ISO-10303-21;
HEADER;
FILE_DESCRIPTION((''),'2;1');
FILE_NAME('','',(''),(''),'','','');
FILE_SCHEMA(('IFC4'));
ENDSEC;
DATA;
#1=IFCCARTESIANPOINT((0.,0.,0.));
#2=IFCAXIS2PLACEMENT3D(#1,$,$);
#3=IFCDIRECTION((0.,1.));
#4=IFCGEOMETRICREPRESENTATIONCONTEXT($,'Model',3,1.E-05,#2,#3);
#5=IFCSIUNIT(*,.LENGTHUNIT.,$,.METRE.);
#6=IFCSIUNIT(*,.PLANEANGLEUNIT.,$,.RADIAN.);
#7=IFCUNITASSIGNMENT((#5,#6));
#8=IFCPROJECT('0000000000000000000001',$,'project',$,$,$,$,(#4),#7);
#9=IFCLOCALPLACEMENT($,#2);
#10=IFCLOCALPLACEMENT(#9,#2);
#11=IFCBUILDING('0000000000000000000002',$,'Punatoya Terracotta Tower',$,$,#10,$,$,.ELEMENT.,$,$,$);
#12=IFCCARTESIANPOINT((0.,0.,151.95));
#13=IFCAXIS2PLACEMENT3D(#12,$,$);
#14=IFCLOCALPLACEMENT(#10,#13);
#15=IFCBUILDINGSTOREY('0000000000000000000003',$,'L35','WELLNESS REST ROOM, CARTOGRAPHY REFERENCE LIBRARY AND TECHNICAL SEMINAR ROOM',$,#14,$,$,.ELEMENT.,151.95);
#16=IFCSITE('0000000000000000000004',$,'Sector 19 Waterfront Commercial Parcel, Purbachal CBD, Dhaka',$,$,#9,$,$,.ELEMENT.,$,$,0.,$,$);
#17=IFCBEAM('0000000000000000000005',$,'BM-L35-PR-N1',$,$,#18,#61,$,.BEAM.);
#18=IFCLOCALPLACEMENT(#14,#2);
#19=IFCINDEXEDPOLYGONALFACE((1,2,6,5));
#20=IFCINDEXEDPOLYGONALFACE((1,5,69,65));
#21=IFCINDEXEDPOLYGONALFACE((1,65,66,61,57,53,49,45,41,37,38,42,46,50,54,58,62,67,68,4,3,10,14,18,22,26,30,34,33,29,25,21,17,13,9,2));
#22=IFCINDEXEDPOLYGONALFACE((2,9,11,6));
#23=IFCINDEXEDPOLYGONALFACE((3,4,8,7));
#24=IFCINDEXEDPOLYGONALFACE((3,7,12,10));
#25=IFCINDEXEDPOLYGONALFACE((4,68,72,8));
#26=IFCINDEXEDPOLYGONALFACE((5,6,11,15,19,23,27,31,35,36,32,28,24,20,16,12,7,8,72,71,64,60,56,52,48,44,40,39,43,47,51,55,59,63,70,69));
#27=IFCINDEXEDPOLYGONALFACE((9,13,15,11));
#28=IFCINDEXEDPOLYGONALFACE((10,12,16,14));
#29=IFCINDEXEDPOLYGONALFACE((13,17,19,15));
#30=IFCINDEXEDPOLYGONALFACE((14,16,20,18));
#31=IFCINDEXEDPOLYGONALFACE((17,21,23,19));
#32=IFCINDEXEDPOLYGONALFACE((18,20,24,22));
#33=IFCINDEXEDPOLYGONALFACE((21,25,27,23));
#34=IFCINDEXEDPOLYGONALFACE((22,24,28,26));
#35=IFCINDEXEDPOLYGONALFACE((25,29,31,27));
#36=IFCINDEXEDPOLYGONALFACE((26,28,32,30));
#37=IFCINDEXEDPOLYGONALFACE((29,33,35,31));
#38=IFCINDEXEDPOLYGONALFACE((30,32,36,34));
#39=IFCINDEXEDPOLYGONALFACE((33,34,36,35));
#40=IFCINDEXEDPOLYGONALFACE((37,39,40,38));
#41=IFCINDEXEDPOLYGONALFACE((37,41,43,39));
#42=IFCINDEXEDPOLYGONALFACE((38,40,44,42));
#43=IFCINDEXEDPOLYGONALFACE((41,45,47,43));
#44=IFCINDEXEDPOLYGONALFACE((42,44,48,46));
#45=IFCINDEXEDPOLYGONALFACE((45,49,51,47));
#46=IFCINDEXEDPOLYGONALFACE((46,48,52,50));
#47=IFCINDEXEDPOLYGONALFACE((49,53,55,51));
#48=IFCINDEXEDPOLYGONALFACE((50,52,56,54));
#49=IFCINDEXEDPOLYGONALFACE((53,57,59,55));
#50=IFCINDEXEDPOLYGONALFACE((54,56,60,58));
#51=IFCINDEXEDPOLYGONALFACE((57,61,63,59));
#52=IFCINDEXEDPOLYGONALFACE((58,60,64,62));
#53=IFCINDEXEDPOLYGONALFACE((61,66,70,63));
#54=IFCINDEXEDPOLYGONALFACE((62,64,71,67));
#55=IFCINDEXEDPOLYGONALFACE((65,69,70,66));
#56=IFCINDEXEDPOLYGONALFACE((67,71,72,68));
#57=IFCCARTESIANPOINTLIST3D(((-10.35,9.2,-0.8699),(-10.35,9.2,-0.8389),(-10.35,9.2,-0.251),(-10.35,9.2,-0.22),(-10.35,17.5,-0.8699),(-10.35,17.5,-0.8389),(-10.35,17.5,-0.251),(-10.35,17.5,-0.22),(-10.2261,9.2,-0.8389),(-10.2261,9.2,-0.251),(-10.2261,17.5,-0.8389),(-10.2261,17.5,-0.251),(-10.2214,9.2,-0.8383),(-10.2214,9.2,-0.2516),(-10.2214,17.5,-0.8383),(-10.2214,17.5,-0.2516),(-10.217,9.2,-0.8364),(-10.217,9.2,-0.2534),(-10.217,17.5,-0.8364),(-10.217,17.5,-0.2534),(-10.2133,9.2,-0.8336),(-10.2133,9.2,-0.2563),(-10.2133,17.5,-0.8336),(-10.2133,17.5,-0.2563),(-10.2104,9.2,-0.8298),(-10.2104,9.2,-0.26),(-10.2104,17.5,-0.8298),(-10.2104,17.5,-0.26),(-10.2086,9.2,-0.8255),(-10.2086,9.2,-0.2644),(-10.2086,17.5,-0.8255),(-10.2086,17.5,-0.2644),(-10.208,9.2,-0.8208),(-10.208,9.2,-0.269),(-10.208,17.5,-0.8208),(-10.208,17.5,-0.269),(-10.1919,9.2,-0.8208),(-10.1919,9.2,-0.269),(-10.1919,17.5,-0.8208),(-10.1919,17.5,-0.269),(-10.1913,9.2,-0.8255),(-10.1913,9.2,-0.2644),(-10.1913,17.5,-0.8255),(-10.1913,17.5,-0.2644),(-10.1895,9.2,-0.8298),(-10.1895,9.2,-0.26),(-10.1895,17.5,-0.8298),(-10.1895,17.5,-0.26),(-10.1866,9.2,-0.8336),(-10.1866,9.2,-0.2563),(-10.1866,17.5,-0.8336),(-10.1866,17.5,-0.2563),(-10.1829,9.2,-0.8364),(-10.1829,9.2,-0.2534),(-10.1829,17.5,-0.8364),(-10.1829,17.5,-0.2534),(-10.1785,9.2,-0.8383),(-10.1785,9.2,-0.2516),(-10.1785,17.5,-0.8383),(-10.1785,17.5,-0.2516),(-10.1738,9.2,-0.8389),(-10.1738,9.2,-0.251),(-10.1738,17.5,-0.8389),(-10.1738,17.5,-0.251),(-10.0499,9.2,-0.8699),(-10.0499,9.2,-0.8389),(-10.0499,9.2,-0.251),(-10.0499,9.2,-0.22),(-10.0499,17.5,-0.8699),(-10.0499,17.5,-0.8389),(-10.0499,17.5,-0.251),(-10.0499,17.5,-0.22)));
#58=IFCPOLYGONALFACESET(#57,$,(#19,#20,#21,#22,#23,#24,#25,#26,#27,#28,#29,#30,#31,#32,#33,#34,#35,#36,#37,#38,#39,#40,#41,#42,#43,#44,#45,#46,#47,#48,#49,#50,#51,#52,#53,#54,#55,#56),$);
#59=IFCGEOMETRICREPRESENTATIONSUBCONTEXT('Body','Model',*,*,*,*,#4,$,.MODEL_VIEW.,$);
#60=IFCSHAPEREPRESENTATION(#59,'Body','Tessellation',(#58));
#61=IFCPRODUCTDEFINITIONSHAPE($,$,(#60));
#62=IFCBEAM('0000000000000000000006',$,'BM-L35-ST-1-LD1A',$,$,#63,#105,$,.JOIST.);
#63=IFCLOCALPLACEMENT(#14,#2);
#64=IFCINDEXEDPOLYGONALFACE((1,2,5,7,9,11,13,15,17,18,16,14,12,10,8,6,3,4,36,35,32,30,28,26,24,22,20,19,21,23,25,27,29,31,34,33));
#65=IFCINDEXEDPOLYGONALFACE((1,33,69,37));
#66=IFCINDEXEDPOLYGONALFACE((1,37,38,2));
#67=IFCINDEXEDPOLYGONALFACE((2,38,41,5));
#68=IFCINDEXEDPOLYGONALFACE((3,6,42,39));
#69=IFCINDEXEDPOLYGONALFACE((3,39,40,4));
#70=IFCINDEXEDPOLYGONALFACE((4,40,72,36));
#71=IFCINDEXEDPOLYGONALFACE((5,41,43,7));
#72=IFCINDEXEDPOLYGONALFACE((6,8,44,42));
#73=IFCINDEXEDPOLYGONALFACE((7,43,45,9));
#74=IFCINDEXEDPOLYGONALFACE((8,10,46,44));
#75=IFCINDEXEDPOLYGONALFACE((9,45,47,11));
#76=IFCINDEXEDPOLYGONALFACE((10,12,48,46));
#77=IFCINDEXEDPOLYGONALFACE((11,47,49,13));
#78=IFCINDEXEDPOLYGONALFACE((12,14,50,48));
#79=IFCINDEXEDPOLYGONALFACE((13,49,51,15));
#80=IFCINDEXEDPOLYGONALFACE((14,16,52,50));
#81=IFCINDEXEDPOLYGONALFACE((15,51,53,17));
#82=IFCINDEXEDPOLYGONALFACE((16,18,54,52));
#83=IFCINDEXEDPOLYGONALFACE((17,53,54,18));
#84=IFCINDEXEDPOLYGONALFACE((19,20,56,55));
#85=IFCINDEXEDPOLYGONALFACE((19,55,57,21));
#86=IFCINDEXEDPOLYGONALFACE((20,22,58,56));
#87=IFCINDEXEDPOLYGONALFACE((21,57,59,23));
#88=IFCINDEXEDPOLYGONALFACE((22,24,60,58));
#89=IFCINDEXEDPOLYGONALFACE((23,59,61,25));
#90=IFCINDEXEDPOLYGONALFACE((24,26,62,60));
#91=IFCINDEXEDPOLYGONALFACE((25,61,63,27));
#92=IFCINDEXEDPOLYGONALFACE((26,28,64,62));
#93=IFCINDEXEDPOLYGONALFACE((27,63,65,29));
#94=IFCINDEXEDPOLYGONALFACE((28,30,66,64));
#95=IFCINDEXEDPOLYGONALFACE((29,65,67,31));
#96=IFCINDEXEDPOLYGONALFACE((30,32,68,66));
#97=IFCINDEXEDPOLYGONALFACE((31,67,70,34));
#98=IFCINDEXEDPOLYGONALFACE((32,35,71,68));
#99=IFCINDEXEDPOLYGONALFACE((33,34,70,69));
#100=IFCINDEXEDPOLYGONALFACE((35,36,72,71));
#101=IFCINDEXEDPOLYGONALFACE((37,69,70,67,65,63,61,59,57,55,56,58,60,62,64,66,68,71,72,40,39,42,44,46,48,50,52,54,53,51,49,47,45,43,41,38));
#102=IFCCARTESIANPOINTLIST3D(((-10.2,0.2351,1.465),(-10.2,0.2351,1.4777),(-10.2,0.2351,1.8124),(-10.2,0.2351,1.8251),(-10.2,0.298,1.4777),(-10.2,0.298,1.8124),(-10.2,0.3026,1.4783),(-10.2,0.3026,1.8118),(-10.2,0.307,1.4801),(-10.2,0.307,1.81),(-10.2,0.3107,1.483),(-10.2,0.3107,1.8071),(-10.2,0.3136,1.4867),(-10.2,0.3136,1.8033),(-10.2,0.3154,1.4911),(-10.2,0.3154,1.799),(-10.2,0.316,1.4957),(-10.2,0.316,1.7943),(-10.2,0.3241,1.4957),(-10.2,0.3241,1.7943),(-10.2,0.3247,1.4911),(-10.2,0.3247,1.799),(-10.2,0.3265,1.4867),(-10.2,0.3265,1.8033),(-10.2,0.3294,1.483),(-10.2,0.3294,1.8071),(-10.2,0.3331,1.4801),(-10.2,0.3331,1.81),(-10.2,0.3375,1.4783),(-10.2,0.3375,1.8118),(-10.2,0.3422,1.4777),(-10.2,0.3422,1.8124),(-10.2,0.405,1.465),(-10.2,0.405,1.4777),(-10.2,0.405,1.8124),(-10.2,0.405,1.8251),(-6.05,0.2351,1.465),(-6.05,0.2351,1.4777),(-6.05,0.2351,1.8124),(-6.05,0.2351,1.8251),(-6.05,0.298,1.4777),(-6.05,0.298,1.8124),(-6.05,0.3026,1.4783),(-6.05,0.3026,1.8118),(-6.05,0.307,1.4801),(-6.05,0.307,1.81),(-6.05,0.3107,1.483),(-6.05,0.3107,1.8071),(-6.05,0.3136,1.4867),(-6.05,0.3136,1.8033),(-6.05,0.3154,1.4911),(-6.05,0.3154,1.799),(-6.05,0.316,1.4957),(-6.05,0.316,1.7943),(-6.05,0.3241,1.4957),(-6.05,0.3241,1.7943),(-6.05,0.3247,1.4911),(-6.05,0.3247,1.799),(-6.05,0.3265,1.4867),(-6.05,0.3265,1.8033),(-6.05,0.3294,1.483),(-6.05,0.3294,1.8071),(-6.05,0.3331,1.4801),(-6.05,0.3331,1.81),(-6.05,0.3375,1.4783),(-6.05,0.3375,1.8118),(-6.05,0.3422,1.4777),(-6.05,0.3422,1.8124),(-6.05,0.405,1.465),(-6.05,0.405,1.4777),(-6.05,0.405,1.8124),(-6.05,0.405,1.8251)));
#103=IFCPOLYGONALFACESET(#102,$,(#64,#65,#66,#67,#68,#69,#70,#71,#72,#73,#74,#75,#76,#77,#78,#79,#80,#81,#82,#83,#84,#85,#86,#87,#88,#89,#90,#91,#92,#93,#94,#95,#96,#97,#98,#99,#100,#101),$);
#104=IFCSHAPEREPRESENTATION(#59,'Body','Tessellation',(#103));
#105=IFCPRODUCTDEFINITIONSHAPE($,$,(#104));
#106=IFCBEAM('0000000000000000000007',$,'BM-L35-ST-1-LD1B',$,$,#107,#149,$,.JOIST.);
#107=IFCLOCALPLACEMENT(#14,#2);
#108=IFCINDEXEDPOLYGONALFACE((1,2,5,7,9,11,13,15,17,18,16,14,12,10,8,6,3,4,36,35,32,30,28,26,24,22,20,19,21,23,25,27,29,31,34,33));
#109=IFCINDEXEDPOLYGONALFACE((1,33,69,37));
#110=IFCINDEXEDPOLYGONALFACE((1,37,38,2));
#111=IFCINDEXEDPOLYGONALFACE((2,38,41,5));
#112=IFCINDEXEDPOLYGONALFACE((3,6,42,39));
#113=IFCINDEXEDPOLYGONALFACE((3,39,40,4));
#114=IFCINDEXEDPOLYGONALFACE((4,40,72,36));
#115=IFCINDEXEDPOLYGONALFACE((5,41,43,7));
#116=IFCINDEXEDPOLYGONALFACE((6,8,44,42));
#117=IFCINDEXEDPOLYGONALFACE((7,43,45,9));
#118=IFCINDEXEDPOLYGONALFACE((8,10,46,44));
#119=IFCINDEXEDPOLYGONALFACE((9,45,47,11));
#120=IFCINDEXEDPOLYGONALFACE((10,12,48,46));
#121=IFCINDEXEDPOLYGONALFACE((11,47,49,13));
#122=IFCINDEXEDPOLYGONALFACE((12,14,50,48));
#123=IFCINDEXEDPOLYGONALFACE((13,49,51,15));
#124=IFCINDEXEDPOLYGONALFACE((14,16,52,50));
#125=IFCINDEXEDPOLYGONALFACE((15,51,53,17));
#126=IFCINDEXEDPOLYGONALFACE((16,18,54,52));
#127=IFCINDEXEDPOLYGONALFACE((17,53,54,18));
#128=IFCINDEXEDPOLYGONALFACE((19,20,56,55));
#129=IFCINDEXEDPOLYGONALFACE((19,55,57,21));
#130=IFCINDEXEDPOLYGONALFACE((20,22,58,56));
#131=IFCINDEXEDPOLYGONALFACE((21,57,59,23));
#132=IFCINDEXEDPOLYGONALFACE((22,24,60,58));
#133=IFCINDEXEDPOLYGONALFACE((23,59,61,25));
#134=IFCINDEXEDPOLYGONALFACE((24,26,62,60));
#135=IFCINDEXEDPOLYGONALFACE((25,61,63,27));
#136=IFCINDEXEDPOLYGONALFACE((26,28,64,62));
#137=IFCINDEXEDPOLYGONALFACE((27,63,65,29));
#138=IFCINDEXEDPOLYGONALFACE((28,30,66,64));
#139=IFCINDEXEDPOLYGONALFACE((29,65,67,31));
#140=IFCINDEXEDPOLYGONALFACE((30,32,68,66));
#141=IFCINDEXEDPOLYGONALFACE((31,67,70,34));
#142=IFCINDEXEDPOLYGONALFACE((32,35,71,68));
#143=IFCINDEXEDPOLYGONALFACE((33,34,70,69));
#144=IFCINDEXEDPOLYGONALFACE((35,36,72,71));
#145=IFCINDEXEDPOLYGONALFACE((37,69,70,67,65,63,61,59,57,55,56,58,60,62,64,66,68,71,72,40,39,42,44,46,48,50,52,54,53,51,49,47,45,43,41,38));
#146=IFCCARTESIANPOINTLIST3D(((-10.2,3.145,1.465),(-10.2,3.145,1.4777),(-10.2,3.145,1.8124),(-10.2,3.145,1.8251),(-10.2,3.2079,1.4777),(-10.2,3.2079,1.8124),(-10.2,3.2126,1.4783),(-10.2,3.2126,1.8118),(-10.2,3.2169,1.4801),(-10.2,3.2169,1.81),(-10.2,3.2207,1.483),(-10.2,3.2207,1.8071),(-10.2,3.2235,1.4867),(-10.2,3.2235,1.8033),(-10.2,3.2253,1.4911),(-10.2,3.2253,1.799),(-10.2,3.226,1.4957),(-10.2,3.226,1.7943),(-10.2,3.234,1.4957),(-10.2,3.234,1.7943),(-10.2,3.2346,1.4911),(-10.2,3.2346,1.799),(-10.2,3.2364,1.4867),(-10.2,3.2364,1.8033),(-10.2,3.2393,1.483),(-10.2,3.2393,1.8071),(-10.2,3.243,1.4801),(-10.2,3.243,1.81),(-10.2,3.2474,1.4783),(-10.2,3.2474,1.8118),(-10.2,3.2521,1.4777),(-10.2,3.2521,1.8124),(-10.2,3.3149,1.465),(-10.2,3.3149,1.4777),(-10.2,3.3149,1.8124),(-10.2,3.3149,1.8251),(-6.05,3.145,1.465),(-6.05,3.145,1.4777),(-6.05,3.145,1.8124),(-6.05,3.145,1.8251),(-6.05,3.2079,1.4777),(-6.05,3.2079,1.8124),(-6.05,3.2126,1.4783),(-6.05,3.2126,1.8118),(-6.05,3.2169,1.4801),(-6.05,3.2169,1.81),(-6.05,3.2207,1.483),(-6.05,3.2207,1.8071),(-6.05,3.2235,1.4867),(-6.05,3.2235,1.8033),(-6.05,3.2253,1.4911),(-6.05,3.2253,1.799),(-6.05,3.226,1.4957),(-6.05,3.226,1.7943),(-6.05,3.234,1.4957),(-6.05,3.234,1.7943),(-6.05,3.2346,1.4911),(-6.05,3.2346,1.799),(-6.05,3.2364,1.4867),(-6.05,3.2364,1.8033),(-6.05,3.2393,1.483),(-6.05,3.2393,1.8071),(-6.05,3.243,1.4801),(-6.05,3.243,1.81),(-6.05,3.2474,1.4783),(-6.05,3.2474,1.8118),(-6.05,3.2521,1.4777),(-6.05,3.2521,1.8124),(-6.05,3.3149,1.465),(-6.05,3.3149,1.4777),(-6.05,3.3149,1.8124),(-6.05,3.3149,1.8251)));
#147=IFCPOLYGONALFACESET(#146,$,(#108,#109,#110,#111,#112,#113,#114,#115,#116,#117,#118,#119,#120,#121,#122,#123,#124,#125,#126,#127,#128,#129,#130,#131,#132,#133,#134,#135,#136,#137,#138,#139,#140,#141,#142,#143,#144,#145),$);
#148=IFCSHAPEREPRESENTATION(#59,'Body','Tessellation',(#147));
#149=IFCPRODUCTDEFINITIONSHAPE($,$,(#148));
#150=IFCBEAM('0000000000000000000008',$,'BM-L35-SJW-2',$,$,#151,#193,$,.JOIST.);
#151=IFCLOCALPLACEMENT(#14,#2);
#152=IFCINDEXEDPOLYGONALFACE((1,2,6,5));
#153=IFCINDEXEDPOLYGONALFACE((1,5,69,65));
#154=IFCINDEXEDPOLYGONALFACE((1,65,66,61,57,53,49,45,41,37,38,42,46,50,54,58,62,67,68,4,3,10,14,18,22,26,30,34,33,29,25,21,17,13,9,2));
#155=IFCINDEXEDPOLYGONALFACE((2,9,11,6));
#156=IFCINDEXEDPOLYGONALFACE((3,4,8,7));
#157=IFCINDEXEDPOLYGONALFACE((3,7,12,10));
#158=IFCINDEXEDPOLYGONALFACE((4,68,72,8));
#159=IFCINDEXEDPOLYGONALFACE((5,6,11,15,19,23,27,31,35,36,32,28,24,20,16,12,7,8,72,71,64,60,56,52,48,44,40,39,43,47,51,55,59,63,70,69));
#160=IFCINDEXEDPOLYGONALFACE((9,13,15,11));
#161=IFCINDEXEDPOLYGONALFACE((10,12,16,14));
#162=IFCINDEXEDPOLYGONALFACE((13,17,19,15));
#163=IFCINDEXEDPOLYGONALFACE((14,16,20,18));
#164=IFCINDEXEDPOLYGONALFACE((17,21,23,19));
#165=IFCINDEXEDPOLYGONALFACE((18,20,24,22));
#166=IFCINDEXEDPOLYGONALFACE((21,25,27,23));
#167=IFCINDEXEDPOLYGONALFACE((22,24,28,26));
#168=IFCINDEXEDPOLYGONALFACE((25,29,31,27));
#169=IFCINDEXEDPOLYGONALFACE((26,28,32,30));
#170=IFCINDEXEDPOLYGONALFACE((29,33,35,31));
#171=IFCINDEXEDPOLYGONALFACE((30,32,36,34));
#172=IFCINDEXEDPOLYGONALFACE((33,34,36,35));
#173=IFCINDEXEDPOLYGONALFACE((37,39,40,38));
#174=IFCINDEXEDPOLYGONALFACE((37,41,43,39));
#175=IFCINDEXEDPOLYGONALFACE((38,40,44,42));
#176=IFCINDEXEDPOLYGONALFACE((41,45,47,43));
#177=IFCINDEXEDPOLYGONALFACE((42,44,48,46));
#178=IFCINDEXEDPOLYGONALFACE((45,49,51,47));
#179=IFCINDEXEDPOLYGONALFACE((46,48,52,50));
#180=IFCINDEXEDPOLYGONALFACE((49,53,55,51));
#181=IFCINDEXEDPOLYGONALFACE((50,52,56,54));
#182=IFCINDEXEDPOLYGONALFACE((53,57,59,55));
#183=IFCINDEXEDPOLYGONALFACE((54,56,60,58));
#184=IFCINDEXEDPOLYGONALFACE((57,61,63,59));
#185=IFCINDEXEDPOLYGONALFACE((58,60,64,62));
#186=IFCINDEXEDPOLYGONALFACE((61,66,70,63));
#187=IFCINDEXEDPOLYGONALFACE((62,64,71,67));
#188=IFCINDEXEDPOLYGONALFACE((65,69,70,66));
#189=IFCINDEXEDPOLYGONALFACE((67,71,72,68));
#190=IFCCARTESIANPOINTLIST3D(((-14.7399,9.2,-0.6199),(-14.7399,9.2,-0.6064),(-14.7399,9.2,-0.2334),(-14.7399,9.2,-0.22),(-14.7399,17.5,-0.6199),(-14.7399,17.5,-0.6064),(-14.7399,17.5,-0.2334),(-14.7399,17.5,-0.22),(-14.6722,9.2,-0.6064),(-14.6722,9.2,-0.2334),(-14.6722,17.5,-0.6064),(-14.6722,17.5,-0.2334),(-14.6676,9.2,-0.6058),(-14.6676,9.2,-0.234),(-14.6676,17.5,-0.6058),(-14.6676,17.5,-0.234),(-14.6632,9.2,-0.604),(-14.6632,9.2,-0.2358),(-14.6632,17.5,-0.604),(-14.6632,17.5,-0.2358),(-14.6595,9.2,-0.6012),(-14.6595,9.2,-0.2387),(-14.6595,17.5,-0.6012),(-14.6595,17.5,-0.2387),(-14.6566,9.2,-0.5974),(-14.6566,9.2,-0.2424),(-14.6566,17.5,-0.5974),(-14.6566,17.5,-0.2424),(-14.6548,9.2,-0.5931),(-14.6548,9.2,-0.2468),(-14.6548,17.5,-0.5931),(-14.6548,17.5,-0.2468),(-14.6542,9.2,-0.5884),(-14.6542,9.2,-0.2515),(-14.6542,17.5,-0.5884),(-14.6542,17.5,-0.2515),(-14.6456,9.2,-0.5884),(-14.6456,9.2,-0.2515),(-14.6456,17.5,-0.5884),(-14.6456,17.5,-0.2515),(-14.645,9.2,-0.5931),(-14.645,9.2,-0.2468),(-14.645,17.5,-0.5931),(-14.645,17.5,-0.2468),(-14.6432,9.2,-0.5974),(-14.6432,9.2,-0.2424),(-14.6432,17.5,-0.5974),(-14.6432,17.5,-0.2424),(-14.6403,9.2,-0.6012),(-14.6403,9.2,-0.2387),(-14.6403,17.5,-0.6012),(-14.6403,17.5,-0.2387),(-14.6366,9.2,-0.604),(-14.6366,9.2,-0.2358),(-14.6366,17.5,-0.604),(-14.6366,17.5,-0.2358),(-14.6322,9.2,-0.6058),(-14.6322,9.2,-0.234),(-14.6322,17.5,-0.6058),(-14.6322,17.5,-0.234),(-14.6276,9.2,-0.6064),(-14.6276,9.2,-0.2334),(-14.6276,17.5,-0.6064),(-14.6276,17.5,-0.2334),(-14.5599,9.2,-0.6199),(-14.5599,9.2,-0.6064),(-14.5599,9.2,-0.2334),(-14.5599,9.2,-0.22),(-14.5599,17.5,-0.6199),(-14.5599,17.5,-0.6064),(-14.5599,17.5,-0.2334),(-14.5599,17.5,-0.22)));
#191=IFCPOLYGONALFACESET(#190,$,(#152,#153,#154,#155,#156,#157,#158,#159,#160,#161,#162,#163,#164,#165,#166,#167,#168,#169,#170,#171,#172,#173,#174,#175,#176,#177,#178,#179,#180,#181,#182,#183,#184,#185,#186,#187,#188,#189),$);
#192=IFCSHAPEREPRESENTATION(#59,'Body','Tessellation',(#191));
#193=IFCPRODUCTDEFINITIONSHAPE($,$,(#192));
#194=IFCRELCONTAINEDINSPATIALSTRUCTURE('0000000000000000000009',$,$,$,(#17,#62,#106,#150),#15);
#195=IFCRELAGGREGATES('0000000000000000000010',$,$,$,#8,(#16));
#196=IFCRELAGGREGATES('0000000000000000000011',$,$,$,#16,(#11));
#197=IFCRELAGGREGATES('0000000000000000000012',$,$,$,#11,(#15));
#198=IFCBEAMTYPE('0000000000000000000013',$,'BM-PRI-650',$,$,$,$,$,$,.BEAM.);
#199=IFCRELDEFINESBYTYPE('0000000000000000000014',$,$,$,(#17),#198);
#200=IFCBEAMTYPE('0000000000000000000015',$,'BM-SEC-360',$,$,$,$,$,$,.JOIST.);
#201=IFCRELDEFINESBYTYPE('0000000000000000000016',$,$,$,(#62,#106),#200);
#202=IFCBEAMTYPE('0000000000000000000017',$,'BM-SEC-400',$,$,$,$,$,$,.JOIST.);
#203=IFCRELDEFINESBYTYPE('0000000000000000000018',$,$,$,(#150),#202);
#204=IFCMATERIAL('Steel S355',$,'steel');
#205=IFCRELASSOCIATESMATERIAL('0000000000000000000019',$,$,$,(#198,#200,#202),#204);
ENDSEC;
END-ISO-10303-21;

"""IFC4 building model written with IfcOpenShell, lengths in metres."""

from ifc_helpers import new_model, si_unit, direction, frame, origin, origin_2d, place, context, subcontext, project, spatial, i_section, extrude, material, material_profile, profile_set, type_object, element, save


model = new_model("IFC4")

# Units and contexts
model_context = context("Model", 3, precision=1e-05, world=origin(), true_north=direction((0.0, 1.0)))
body_context = subcontext(model_context, "Body", "Model", "MODEL_VIEW")
ifc_project = project(units=[si_unit("LENGTHUNIT", "METRE"), si_unit("PLANEANGLEUNIT", "RADIAN")], contexts=[model_context])

# Site, building, storey
site_placement = place(None, origin())
site = spatial("IfcSite", under=ifc_project, at=site_placement, Name="Sector 19 Waterfront Commercial Parcel, Purbachal CBD, Dhaka", CompositionType="ELEMENT", RefElevation=0.0)
building_placement = place(site_placement, origin())
building = spatial("IfcBuilding", under=site, at=building_placement, Name="Punatoya Terracotta Tower", CompositionType="ELEMENT")
storey_placement = place(building_placement, frame((0.0, 0.0, 151.95)))
storey = spatial("IfcBuildingStorey", under=building, at=storey_placement, Name="L35", Description="WELLNESS REST ROOM, CARTOGRAPHY REFERENCE LIBRARY AND TECHNICAL SEMINAR ROOM", CompositionType="ELEMENT", Elevation=151.95)

# Beams
ifc_material_1 = material(Name="Steel S355", Category="steel")
ifc_material_profile_1 = material_profile(ifc_material_1, i_section(OverallWidth=0.3, OverallDepth=0.6499, WebThickness=0.0161, FlangeThickness=0.031, FilletRadius=0.0181, at=origin_2d()))
ifc_profile_set_1 = profile_set([ifc_material_profile_1], Name="Steel S355")
beam_type_1 = type_object("IfcBeamType", Name="BM-PRI-650", PredefinedType="BEAM", material=ifc_profile_set_1)
beam_1_placement = place(storey_placement, frame((-10.2, 9.2, -0.5449), z_axis=(0.0, 1.0, 0.0), x_axis=(-1.0, 0.0, 0.0)))
element("IfcBeam", 1, at=beam_1_placement, inside=storey, type_object=beam_type_1, Name="BM-L35-PR-N1", PredefinedType="BEAM", context=body_context, shape_type="SweptSolid", body=[
    extrude(i_section(OverallWidth=0.3, OverallDepth=0.6499, WebThickness=0.0161, FlangeThickness=0.031, FilletRadius=0.0181, at=origin_2d()), origin(), (0.0, 0.0, 1.0), 8.3),
])
ifc_material_profile_2 = material_profile(ifc_material_1, i_section(OverallWidth=0.1699, OverallDepth=0.3601, WebThickness=0.0081, FlangeThickness=0.0127, FilletRadius=0.0181, at=origin_2d()))
ifc_profile_set_2 = profile_set([ifc_material_profile_2], Name="Steel S355")
beam_type_2 = type_object("IfcBeamType", Name="BM-SEC-360", PredefinedType="JOIST", material=ifc_profile_set_2)
for number, where, z_axis, x_axis, name in (
    (2, (-10.2, 0.3201, 1.645), (1.0, 0.0, 0.0), (0.0, 1.0, 0.0), "BM-L35-ST-1-LD1A"),
    (3, (-10.2, 3.23, 1.645), (1.0, 0.0, 0.0), (0.0, 1.0, 0.0), "BM-L35-ST-1-LD1B"),
):
    element("IfcBeam", number, at=place(storey_placement, frame(where, z_axis=z_axis, x_axis=x_axis)), inside=storey, type_object=beam_type_2, Name=name, PredefinedType="JOIST", context=body_context, shape_type="SweptSolid", body=[
        extrude(i_section(OverallWidth=0.1699, OverallDepth=0.3601, WebThickness=0.0081, FlangeThickness=0.0127, FilletRadius=0.0181, at=origin_2d()), origin(), (0.0, 0.0, 1.0), 4.1499),
    ])
ifc_material_profile_3 = material_profile(ifc_material_1, i_section(OverallWidth=0.1799, OverallDepth=0.3999, WebThickness=0.0085, FlangeThickness=0.0134, FilletRadius=0.0181, at=origin_2d()))
ifc_profile_set_3 = profile_set([ifc_material_profile_3], Name="Steel S355")
beam_type_3 = type_object("IfcBeamType", Name="BM-SEC-400", PredefinedType="JOIST", material=ifc_profile_set_3)
beam_2_placement = place(storey_placement, frame((-14.6499, 9.2, -0.4199), z_axis=(0.0, 1.0, 0.0), x_axis=(-1.0, 0.0, 0.0)))
element("IfcBeam", 4, at=beam_2_placement, inside=storey, type_object=beam_type_3, Name="BM-L35-SJW-2", PredefinedType="JOIST", context=body_context, shape_type="SweptSolid", body=[
    extrude(i_section(OverallWidth=0.1799, OverallDepth=0.3999, WebThickness=0.0085, FlangeThickness=0.0134, FilletRadius=0.0181, at=origin_2d()), origin(), (0.0, 0.0, 1.0), 8.3),
])

save(model, "model.ifc")
